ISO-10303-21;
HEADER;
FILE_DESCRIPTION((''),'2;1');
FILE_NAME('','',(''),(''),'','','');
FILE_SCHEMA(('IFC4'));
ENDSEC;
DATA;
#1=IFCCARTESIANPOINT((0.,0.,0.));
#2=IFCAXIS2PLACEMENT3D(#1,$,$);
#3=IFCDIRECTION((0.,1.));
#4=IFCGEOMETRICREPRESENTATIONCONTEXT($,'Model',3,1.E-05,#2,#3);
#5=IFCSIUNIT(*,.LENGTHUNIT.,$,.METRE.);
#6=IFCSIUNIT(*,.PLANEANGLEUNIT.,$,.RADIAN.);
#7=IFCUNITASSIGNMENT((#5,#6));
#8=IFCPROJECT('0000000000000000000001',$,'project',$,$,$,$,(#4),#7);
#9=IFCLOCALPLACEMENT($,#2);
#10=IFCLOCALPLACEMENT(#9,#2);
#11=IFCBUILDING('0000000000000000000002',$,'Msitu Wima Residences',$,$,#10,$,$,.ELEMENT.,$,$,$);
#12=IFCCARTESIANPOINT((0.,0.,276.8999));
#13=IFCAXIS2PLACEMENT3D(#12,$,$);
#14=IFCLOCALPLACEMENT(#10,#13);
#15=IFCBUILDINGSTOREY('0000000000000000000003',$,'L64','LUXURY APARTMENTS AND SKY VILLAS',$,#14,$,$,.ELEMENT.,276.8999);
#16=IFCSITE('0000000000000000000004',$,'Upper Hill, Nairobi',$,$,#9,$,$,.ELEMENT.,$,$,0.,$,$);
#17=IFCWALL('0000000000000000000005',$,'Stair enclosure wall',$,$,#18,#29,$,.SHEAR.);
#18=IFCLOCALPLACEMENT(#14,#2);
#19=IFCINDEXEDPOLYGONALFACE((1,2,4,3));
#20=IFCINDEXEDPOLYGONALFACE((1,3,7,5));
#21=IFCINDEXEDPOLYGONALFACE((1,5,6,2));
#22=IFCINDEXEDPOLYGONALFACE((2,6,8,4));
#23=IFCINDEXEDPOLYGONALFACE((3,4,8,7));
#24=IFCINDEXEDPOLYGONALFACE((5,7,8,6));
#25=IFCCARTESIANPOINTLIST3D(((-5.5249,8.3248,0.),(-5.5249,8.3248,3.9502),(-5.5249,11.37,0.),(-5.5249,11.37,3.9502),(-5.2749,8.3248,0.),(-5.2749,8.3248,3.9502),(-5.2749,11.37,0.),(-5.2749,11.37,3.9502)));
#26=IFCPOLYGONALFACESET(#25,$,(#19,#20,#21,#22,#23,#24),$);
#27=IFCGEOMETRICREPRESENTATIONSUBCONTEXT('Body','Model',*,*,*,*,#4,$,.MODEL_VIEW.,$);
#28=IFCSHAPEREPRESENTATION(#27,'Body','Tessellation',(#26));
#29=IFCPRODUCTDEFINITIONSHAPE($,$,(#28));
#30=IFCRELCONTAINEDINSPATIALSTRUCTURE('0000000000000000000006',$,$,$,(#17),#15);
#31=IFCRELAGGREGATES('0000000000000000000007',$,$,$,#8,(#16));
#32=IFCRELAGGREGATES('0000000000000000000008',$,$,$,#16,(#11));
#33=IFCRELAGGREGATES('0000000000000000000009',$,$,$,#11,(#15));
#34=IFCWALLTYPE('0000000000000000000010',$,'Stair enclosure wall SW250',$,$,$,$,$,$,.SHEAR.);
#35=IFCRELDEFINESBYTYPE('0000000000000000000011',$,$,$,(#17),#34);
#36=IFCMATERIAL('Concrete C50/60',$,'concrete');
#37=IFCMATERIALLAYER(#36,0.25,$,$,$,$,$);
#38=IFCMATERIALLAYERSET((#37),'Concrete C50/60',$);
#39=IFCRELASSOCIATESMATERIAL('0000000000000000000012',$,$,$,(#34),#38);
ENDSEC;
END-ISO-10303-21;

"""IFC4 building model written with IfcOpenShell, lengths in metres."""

from ifc_helpers import new_model, si_unit, direction, frame, frame_2d, origin, place, context, subcontext, project, spatial, rectangle, extrude, material, layer, layer_set, type_object, element, save


model = new_model("IFC4")

# Units and contexts
model_context = context("Model", 3, precision=1e-05, world=origin(), true_north=direction((0.0, 1.0)))
body_context = subcontext(model_context, "Body", "Model", "MODEL_VIEW")
ifc_project = project(units=[si_unit("LENGTHUNIT", "METRE"), si_unit("PLANEANGLEUNIT", "RADIAN")], contexts=[model_context])

# Site, building, storey
site_placement = place(None, origin())
site = spatial("IfcSite", under=ifc_project, at=site_placement, Name="Upper Hill, Nairobi", CompositionType="ELEMENT", RefElevation=0.0)
building_placement = place(site_placement, origin())
building = spatial("IfcBuilding", under=site, at=building_placement, Name="Msitu Wima Residences", CompositionType="ELEMENT")
storey_placement = place(building_placement, frame((0.0, 0.0, 276.8999)))
storey = spatial("IfcBuildingStorey", under=building, at=storey_placement, Name="L64", Description="LUXURY APARTMENTS AND SKY VILLAS", CompositionType="ELEMENT", Elevation=276.8999)

# Wall
ifc_material_1 = material(Name="Concrete C50/60", Category="concrete")
ifc_layer_1 = layer(ifc_material_1, 0.25)
ifc_layer_set_1 = layer_set([ifc_layer_1], Name="Concrete C50/60")
wall_type_1 = type_object("IfcWallType", Name="Stair enclosure wall SW250", PredefinedType="SHEAR", material=ifc_layer_set_1)
wall_1_placement = place(storey_placement, frame((-5.3999, 8.325, 0.0), z_axis=(0.0, 0.0, 1.0), x_axis=(0.0, 1.0, 0.0)))
element("IfcWall", 1, at=wall_1_placement, inside=storey, type_object=wall_type_1, Name="Stair enclosure wall", PredefinedType="SHEAR", context=body_context, shape_type="SweptSolid", body=[
    extrude(rectangle(XDim=3.0452, YDim=0.25, at=frame_2d((1.5225, 0.0))), origin(), (0.0, 0.0, 1.0), 3.9502),
])

save(model, "model.ifc")
